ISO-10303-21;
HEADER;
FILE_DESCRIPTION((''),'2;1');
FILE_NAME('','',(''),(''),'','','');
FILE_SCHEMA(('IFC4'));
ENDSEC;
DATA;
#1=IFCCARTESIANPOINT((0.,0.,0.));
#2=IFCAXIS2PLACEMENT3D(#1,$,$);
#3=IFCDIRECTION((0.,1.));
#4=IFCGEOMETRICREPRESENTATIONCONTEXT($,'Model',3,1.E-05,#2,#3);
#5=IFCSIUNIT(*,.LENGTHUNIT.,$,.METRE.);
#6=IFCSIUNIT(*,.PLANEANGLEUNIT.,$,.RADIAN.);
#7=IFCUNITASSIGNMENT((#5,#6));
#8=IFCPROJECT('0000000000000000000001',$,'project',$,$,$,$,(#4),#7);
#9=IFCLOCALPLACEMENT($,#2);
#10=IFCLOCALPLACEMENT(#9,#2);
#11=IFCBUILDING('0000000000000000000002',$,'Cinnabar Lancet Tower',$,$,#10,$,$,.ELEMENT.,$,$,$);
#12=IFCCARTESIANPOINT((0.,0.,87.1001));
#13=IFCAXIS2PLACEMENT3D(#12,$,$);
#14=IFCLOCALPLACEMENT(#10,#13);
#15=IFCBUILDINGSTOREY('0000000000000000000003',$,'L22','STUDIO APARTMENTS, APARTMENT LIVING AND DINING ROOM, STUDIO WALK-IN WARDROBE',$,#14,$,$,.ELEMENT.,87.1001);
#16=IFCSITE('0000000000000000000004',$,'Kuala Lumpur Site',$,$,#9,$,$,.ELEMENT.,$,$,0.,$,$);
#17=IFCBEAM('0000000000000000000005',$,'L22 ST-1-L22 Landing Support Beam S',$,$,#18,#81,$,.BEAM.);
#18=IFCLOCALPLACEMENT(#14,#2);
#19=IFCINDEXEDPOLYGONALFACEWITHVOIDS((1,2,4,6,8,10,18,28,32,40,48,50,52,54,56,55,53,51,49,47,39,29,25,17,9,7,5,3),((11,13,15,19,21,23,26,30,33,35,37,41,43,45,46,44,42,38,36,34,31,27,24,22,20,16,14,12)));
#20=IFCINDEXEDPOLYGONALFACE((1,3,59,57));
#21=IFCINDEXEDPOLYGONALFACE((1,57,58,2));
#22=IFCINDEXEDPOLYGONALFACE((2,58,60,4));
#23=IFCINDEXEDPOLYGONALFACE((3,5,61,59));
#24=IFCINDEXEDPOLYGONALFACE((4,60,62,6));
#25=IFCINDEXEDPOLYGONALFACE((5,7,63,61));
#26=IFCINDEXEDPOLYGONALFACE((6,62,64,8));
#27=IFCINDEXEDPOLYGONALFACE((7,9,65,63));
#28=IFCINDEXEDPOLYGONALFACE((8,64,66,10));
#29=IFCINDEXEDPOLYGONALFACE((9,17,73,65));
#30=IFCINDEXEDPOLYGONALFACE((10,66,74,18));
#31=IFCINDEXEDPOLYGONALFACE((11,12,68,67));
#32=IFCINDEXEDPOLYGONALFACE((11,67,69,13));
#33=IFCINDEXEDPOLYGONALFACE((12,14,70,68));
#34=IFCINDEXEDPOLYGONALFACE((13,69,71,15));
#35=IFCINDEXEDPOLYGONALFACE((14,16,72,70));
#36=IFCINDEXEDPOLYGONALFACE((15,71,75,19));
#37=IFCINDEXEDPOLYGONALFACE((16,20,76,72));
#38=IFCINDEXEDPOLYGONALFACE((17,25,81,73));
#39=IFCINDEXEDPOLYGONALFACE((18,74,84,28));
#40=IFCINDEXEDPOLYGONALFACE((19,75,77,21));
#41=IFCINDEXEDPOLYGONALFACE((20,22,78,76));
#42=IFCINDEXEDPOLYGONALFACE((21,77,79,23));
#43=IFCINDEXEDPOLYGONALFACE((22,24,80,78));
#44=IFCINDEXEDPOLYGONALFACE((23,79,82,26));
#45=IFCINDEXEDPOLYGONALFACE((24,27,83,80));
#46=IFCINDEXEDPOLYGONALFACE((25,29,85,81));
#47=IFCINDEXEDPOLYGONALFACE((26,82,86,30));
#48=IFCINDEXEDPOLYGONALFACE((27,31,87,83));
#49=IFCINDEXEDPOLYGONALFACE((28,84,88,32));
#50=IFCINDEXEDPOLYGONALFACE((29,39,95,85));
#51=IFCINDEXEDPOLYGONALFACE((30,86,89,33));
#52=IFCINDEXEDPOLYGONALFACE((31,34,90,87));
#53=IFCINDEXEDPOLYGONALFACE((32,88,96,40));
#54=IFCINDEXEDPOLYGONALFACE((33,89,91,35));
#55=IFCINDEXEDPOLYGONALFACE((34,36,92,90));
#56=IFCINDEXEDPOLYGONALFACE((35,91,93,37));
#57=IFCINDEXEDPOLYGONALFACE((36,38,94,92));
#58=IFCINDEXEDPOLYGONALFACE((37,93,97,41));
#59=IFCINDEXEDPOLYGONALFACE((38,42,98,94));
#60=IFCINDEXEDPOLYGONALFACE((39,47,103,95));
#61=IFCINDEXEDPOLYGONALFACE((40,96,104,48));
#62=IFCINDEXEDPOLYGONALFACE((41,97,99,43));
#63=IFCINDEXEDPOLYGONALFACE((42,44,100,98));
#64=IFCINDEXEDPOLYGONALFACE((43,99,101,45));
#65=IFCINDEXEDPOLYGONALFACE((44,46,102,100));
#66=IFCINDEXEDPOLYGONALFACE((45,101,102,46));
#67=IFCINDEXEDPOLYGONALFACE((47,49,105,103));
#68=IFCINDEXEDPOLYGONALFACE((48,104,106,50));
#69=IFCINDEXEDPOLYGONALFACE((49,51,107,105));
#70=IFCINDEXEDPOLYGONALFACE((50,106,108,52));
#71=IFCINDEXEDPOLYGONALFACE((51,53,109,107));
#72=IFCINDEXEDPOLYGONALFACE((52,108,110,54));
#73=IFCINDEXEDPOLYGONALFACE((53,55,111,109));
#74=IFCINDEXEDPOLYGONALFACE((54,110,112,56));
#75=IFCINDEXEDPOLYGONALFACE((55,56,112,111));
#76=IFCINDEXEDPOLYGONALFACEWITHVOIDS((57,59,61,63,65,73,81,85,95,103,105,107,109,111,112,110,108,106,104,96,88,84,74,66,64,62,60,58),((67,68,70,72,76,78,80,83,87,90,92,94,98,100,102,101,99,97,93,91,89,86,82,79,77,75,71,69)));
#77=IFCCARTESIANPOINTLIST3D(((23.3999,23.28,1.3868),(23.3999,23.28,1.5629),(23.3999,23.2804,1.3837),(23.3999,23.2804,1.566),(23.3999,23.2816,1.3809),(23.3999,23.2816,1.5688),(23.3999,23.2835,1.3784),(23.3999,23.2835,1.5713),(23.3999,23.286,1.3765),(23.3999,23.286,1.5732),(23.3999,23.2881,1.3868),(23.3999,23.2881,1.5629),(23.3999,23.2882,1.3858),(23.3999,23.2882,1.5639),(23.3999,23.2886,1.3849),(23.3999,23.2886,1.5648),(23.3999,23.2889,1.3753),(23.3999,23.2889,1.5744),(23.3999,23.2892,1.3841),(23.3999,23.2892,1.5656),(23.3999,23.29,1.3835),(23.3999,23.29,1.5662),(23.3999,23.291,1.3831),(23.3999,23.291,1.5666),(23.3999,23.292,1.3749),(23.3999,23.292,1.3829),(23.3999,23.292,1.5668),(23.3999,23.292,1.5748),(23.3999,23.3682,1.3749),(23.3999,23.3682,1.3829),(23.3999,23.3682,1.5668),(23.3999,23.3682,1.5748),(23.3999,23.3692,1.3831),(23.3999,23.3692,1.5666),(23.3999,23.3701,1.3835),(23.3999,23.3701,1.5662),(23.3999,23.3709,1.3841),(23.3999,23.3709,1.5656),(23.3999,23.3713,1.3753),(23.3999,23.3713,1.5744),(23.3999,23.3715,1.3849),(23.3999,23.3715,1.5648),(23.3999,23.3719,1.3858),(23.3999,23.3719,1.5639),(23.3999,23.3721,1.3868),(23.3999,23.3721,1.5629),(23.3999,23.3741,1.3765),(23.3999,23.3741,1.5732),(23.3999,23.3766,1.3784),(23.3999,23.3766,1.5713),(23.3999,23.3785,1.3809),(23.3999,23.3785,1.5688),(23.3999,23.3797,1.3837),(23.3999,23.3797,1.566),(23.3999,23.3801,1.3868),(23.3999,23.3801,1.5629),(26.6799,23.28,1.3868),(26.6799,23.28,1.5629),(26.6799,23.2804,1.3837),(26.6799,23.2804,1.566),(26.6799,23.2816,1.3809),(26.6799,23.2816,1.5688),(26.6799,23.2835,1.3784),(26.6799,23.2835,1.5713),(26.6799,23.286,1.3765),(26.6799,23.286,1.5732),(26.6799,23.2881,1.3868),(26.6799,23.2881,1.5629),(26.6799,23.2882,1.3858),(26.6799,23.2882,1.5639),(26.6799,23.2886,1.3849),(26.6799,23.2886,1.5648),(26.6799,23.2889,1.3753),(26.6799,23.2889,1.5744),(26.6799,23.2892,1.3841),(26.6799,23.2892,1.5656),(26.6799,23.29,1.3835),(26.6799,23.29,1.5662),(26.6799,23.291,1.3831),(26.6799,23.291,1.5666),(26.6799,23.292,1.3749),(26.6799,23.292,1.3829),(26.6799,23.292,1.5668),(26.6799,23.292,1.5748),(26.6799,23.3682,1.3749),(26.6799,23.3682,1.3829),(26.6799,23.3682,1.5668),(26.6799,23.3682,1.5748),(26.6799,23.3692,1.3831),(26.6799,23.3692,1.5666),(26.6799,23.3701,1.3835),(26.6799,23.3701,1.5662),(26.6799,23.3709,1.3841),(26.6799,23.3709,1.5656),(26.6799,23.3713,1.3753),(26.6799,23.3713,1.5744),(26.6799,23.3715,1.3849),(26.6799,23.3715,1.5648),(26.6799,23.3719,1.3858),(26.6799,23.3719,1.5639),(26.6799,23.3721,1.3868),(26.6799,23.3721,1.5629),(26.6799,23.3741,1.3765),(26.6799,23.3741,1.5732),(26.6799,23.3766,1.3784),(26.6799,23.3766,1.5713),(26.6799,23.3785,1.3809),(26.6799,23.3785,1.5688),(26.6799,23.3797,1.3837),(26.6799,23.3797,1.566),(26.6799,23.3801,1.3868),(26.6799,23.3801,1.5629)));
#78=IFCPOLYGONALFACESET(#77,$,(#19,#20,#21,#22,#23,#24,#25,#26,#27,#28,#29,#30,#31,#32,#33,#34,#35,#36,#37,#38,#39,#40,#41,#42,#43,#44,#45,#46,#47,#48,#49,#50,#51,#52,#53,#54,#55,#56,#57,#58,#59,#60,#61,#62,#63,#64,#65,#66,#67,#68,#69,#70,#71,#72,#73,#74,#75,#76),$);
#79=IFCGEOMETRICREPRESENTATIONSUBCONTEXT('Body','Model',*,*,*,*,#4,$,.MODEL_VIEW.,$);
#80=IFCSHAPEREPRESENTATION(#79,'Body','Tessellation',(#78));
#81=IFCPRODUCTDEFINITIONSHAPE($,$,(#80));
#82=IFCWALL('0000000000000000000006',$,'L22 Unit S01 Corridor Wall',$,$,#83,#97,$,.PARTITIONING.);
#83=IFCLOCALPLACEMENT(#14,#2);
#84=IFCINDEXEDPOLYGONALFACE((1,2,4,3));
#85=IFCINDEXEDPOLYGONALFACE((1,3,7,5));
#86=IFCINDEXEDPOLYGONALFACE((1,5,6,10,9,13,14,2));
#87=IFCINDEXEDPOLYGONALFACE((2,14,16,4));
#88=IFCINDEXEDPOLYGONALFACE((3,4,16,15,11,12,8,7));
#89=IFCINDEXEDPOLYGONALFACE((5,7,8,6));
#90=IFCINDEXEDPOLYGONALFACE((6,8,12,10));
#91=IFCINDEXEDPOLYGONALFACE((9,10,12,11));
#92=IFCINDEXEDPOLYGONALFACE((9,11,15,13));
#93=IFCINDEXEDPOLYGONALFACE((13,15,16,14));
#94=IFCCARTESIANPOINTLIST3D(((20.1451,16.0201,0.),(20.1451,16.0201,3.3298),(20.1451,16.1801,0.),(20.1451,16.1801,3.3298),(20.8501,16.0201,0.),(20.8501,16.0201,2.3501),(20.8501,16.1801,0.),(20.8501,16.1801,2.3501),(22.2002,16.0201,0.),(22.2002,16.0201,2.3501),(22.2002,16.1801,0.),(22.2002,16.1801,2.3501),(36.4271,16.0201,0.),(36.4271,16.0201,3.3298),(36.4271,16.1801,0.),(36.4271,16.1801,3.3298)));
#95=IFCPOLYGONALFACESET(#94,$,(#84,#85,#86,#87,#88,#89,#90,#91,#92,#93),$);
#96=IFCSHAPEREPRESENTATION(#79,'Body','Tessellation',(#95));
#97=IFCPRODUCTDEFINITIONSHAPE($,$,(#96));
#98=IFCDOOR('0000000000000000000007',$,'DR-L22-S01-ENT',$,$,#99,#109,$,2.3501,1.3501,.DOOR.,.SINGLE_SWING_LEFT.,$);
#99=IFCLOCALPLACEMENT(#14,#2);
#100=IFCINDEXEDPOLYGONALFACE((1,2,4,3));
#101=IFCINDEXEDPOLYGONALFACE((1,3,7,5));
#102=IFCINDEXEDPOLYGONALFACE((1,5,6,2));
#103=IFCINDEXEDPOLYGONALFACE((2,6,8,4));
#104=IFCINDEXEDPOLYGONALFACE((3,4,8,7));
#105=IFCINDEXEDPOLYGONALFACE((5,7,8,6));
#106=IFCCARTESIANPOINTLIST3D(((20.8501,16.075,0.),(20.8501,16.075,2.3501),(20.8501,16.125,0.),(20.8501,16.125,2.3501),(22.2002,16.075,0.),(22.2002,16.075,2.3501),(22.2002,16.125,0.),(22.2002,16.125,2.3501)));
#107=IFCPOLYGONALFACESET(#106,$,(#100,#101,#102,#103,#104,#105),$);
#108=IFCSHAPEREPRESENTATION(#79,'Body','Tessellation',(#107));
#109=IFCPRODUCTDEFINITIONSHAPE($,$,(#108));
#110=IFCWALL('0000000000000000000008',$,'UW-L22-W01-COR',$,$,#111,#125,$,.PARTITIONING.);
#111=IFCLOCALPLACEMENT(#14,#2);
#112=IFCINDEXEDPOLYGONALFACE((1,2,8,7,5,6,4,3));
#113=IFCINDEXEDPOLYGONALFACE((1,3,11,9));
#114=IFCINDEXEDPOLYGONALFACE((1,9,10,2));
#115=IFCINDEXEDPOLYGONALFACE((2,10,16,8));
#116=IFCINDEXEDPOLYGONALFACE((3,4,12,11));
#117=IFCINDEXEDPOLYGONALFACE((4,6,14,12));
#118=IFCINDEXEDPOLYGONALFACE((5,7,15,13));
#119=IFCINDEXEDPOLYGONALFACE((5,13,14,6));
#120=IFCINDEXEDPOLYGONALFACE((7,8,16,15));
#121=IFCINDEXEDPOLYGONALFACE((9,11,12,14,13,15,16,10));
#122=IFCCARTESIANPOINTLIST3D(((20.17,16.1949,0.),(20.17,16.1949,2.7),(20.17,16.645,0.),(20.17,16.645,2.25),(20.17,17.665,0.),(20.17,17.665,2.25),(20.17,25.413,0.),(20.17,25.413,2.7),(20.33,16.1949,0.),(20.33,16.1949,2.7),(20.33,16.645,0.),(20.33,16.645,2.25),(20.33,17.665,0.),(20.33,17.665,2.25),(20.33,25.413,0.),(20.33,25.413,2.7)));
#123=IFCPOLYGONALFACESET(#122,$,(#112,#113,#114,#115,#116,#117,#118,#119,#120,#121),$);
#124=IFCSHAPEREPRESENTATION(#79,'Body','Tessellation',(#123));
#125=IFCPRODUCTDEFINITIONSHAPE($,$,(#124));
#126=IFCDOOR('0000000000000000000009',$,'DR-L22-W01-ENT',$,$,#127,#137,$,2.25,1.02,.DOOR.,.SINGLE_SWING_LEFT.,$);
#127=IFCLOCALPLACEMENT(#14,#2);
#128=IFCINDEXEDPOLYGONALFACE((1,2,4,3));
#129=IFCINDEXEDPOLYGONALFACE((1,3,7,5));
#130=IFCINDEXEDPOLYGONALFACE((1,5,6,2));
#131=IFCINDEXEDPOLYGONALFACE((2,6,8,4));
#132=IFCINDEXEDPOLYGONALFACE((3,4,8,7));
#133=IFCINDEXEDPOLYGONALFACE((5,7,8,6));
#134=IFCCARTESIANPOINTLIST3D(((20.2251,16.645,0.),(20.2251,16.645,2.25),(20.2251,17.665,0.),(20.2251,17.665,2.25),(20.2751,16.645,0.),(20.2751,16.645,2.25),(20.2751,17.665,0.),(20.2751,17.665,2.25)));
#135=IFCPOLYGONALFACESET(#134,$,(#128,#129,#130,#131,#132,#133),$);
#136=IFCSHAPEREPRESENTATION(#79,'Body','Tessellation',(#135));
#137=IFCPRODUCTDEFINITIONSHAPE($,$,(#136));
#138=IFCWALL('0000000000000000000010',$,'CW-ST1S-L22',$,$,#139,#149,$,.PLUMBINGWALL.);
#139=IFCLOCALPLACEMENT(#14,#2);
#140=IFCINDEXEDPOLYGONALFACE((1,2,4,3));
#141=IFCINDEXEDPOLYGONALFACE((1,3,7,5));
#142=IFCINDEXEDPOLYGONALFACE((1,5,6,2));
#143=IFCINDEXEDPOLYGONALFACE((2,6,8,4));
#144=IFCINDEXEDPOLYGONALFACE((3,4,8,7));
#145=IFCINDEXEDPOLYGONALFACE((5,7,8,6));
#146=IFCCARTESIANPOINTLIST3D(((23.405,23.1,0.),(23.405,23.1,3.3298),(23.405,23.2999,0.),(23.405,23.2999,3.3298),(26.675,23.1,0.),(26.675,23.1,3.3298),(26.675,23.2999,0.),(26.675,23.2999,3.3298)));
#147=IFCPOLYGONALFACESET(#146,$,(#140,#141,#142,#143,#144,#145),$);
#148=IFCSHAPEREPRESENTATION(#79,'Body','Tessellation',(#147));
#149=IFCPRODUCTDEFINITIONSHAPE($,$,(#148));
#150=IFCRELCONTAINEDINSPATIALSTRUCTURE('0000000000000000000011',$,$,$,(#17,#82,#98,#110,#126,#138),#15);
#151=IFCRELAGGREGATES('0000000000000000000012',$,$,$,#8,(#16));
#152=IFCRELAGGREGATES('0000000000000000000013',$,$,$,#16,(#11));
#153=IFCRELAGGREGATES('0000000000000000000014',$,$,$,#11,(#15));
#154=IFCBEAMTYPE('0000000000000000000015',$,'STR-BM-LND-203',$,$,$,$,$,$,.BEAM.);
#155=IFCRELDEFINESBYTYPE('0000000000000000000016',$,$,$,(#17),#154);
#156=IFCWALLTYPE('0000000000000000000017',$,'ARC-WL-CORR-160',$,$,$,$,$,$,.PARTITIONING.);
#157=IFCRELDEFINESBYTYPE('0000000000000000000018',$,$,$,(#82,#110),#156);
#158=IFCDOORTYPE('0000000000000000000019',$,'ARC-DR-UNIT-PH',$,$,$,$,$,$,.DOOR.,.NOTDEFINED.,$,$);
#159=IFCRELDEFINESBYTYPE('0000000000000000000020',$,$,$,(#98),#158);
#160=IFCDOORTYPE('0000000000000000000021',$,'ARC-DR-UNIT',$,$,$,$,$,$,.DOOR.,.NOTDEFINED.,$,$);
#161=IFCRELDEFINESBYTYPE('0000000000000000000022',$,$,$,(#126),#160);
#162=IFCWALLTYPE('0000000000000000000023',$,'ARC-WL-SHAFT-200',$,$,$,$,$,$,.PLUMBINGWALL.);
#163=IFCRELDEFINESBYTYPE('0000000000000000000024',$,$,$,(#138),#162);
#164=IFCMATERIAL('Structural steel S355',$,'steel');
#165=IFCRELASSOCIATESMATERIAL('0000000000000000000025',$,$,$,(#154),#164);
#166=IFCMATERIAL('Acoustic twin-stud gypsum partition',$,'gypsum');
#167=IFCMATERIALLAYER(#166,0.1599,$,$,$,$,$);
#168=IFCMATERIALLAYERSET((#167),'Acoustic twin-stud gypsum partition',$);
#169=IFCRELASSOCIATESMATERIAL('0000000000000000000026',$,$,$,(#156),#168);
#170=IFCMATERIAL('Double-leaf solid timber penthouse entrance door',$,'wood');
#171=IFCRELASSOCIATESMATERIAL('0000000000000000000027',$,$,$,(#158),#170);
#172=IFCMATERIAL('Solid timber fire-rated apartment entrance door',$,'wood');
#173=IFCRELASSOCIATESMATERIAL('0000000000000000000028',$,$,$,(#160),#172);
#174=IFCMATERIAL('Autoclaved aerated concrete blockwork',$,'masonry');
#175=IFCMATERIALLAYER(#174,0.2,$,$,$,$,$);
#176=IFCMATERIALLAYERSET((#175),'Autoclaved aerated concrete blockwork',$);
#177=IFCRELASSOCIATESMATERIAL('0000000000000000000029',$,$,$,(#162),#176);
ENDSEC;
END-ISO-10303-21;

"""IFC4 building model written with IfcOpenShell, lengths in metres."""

from ifc_helpers import new_model, si_unit, direction, frame, frame_2d, origin, origin_2d, place, context, subcontext, project, spatial, rectangle, hollow_rectangle, extrude, material, layer, layer_set, material_profile, profile_set, type_object, element, fill, save


model = new_model("IFC4")

# Units and contexts
model_context = context("Model", 3, precision=1e-05, world=origin(), true_north=direction((0.0, 1.0)))
body_context = subcontext(model_context, "Body", "Model", "MODEL_VIEW")
ifc_project = project(units=[si_unit("LENGTHUNIT", "METRE"), si_unit("PLANEANGLEUNIT", "RADIAN")], contexts=[model_context])

# Site, building, storey
site_placement = place(None, origin())
site = spatial("IfcSite", under=ifc_project, at=site_placement, Name="Kuala Lumpur Site", CompositionType="ELEMENT", RefElevation=0.0)
building_placement = place(site_placement, origin())
building = spatial("IfcBuilding", under=site, at=building_placement, Name="Cinnabar Lancet Tower", CompositionType="ELEMENT")
storey_placement = place(building_placement, frame((0.0, 0.0, 87.1001)))
storey = spatial("IfcBuildingStorey", under=building, at=storey_placement, Name="L22", Description="STUDIO APARTMENTS, APARTMENT LIVING AND DINING ROOM, STUDIO WALK-IN WARDROBE", CompositionType="ELEMENT", Elevation=87.1001)

# Beam
ifc_material_1 = material(Name="Structural steel S355", Category="steel")
ifc_material_profile_1 = material_profile(ifc_material_1, hollow_rectangle(XDim=0.1001, YDim=0.2, WallThickness=0.0081, InnerFilletRadius=0.0039, OuterFilletRadius=0.012, at=origin_2d()), Name="RHS 200x100x8")
ifc_profile_set_1 = profile_set([ifc_material_profile_1], Name="Structural steel S355")
beam_type_1 = type_object("IfcBeamType", Name="STR-BM-LND-203", PredefinedType="BEAM", material=ifc_profile_set_1)
beam_1_placement = place(storey_placement, frame((23.3999, 23.3301, 1.4749), z_axis=(1.0, 0.0, 0.0), x_axis=(0.0, 1.0, 0.0)))
element("IfcBeam", 1, at=beam_1_placement, inside=storey, type_object=beam_type_1, Name="L22 ST-1-L22 Landing Support Beam S", PredefinedType="BEAM", context=body_context, shape_type="SweptSolid", body=[
    extrude(hollow_rectangle(XDim=0.1001, YDim=0.2, WallThickness=0.0081, InnerFilletRadius=0.0039, OuterFilletRadius=0.012, at=origin_2d()), origin(), (0.0, 0.0, 1.0), 3.28),
])

# Walls, openings, doors
ifc_material_2 = material(Name="Acoustic twin-stud gypsum partition", Category="gypsum")
ifc_layer_1 = layer(ifc_material_2, 0.1599)
ifc_layer_set_1 = layer_set([ifc_layer_1], Name="Acoustic twin-stud gypsum partition")
wall_type_1 = type_object("IfcWallType", Name="ARC-WL-CORR-160", PredefinedType="PARTITIONING", material=ifc_layer_set_1)
wall_1_placement = place(storey_placement, frame((20.145, 16.1001, 0.0), z_axis=(0.0, 0.0, 1.0), x_axis=(1.0, 0.0, 0.0)))
wall_1 = element("IfcWall", 2, at=wall_1_placement, inside=storey, type_object=wall_type_1, Name="L22 Unit S01 Corridor Wall", PredefinedType="PARTITIONING", context=body_context, shape_type="SweptSolid", body=[
    extrude(rectangle(XDim=16.282, YDim=0.1599, at=frame_2d((8.1411, 0.0))), origin(), (0.0, 0.0, 1.0), 3.3298),
])
opening_1_placement = place(wall_1_placement, frame((0.7051, 0.0, 0.0)))
opening_1 = element("IfcOpeningElement", 3, at=opening_1_placement, cuts=wall_1, PredefinedType="OPENING", context=body_context, shape_type="SweptSolid", body=[
    extrude(rectangle(XDim=1.3501, YDim=2.3501, at=frame_2d((0.675, 1.175))), frame((0.0, 0.0898, 0.0), z_axis=(0.0, -1.0, 0.0), x_axis=(1.0, 0.0, 0.0)), (0.0, 0.0, 1.0), 0.1799),
])
ifc_material_3 = material(Name="Double-leaf solid timber penthouse entrance door", Category="wood")
door_type_1 = type_object("IfcDoorType", Name="ARC-DR-UNIT-PH", OperationType="NOTDEFINED", PredefinedType="DOOR", material=ifc_material_3)
door_1_placement = place(opening_1_placement, origin())
door_1 = element("IfcDoor", 4, at=door_1_placement, inside=storey, type_object=door_type_1, Name="DR-L22-S01-ENT", OperationType="SINGLE_SWING_LEFT", OverallHeight=2.3501, OverallWidth=1.3501, PredefinedType="DOOR", context=body_context, shape_type="SweptSolid", body=[
    extrude(rectangle(XDim=1.3501, YDim=2.3501, at=frame_2d((0.675, 1.175))), frame((0.0, 0.0249, 0.0), z_axis=(0.0, -1.0, 0.0), x_axis=(1.0, 0.0, 0.0)), (0.0, 0.0, 1.0), 0.05),
])
fill(opening_1, door_1)
wall_2_placement = place(storey_placement, frame((20.25, 16.1951, 0.0), z_axis=(0.0, 0.0, 1.0), x_axis=(0.0, 1.0, 0.0)))
wall_2 = element("IfcWall", 5, at=wall_2_placement, inside=storey, type_object=wall_type_1, Name="UW-L22-W01-COR", PredefinedType="PARTITIONING", context=body_context, shape_type="SweptSolid", body=[
    extrude(rectangle(XDim=9.218, YDim=0.1599, at=frame_2d((4.6089, 0.0))), origin(), (0.0, 0.0, 1.0), 2.7),
])
opening_2_placement = place(wall_2_placement, frame((0.45, 0.0, 0.0)))
opening_2 = element("IfcOpeningElement", 6, at=opening_2_placement, cuts=wall_2, PredefinedType="OPENING", context=body_context, shape_type="SweptSolid", body=[
    extrude(rectangle(XDim=1.02, YDim=2.25, at=frame_2d((0.51, 1.125))), frame((0.0, 0.0898, 0.0), z_axis=(0.0, -1.0, 0.0), x_axis=(1.0, 0.0, 0.0)), (0.0, 0.0, 1.0), 0.1799),
])
ifc_material_4 = material(Name="Solid timber fire-rated apartment entrance door", Category="wood")
door_type_2 = type_object("IfcDoorType", Name="ARC-DR-UNIT", OperationType="NOTDEFINED", PredefinedType="DOOR", material=ifc_material_4)
door_2_placement = place(opening_2_placement, origin())
door_2 = element("IfcDoor", 7, at=door_2_placement, inside=storey, type_object=door_type_2, Name="DR-L22-W01-ENT", OperationType="SINGLE_SWING_LEFT", OverallHeight=2.25, OverallWidth=1.02, PredefinedType="DOOR", context=body_context, shape_type="SweptSolid", body=[
    extrude(rectangle(XDim=1.02, YDim=2.25, at=frame_2d((0.51, 1.125))), frame((0.0, 0.0249, 0.0), z_axis=(0.0, -1.0, 0.0), x_axis=(1.0, 0.0, 0.0)), (0.0, 0.0, 1.0), 0.05),
])
fill(opening_2, door_2)

# Wall
ifc_material_5 = material(Name="Autoclaved aerated concrete blockwork", Category="masonry")
ifc_layer_2 = layer(ifc_material_5, 0.2)
ifc_layer_set_2 = layer_set([ifc_layer_2], Name="Autoclaved aerated concrete blockwork")
wall_type_2 = type_object("IfcWallType", Name="ARC-WL-SHAFT-200", PredefinedType="PLUMBINGWALL", material=ifc_layer_set_2)
wall_3_placement = place(storey_placement, frame((23.405, 23.2, 0.0), z_axis=(0.0, 0.0, 1.0), x_axis=(1.0, 0.0, 0.0)))
element("IfcWall", 8, at=wall_3_placement, inside=storey, type_object=wall_type_2, Name="CW-ST1S-L22", PredefinedType="PLUMBINGWALL", context=body_context, shape_type="SweptSolid", body=[
    extrude(rectangle(XDim=3.27, YDim=0.2, at=frame_2d((1.635, 0.0))), origin(), (0.0, 0.0, 1.0), 3.3298),
])

save(model, "model.ifc")
